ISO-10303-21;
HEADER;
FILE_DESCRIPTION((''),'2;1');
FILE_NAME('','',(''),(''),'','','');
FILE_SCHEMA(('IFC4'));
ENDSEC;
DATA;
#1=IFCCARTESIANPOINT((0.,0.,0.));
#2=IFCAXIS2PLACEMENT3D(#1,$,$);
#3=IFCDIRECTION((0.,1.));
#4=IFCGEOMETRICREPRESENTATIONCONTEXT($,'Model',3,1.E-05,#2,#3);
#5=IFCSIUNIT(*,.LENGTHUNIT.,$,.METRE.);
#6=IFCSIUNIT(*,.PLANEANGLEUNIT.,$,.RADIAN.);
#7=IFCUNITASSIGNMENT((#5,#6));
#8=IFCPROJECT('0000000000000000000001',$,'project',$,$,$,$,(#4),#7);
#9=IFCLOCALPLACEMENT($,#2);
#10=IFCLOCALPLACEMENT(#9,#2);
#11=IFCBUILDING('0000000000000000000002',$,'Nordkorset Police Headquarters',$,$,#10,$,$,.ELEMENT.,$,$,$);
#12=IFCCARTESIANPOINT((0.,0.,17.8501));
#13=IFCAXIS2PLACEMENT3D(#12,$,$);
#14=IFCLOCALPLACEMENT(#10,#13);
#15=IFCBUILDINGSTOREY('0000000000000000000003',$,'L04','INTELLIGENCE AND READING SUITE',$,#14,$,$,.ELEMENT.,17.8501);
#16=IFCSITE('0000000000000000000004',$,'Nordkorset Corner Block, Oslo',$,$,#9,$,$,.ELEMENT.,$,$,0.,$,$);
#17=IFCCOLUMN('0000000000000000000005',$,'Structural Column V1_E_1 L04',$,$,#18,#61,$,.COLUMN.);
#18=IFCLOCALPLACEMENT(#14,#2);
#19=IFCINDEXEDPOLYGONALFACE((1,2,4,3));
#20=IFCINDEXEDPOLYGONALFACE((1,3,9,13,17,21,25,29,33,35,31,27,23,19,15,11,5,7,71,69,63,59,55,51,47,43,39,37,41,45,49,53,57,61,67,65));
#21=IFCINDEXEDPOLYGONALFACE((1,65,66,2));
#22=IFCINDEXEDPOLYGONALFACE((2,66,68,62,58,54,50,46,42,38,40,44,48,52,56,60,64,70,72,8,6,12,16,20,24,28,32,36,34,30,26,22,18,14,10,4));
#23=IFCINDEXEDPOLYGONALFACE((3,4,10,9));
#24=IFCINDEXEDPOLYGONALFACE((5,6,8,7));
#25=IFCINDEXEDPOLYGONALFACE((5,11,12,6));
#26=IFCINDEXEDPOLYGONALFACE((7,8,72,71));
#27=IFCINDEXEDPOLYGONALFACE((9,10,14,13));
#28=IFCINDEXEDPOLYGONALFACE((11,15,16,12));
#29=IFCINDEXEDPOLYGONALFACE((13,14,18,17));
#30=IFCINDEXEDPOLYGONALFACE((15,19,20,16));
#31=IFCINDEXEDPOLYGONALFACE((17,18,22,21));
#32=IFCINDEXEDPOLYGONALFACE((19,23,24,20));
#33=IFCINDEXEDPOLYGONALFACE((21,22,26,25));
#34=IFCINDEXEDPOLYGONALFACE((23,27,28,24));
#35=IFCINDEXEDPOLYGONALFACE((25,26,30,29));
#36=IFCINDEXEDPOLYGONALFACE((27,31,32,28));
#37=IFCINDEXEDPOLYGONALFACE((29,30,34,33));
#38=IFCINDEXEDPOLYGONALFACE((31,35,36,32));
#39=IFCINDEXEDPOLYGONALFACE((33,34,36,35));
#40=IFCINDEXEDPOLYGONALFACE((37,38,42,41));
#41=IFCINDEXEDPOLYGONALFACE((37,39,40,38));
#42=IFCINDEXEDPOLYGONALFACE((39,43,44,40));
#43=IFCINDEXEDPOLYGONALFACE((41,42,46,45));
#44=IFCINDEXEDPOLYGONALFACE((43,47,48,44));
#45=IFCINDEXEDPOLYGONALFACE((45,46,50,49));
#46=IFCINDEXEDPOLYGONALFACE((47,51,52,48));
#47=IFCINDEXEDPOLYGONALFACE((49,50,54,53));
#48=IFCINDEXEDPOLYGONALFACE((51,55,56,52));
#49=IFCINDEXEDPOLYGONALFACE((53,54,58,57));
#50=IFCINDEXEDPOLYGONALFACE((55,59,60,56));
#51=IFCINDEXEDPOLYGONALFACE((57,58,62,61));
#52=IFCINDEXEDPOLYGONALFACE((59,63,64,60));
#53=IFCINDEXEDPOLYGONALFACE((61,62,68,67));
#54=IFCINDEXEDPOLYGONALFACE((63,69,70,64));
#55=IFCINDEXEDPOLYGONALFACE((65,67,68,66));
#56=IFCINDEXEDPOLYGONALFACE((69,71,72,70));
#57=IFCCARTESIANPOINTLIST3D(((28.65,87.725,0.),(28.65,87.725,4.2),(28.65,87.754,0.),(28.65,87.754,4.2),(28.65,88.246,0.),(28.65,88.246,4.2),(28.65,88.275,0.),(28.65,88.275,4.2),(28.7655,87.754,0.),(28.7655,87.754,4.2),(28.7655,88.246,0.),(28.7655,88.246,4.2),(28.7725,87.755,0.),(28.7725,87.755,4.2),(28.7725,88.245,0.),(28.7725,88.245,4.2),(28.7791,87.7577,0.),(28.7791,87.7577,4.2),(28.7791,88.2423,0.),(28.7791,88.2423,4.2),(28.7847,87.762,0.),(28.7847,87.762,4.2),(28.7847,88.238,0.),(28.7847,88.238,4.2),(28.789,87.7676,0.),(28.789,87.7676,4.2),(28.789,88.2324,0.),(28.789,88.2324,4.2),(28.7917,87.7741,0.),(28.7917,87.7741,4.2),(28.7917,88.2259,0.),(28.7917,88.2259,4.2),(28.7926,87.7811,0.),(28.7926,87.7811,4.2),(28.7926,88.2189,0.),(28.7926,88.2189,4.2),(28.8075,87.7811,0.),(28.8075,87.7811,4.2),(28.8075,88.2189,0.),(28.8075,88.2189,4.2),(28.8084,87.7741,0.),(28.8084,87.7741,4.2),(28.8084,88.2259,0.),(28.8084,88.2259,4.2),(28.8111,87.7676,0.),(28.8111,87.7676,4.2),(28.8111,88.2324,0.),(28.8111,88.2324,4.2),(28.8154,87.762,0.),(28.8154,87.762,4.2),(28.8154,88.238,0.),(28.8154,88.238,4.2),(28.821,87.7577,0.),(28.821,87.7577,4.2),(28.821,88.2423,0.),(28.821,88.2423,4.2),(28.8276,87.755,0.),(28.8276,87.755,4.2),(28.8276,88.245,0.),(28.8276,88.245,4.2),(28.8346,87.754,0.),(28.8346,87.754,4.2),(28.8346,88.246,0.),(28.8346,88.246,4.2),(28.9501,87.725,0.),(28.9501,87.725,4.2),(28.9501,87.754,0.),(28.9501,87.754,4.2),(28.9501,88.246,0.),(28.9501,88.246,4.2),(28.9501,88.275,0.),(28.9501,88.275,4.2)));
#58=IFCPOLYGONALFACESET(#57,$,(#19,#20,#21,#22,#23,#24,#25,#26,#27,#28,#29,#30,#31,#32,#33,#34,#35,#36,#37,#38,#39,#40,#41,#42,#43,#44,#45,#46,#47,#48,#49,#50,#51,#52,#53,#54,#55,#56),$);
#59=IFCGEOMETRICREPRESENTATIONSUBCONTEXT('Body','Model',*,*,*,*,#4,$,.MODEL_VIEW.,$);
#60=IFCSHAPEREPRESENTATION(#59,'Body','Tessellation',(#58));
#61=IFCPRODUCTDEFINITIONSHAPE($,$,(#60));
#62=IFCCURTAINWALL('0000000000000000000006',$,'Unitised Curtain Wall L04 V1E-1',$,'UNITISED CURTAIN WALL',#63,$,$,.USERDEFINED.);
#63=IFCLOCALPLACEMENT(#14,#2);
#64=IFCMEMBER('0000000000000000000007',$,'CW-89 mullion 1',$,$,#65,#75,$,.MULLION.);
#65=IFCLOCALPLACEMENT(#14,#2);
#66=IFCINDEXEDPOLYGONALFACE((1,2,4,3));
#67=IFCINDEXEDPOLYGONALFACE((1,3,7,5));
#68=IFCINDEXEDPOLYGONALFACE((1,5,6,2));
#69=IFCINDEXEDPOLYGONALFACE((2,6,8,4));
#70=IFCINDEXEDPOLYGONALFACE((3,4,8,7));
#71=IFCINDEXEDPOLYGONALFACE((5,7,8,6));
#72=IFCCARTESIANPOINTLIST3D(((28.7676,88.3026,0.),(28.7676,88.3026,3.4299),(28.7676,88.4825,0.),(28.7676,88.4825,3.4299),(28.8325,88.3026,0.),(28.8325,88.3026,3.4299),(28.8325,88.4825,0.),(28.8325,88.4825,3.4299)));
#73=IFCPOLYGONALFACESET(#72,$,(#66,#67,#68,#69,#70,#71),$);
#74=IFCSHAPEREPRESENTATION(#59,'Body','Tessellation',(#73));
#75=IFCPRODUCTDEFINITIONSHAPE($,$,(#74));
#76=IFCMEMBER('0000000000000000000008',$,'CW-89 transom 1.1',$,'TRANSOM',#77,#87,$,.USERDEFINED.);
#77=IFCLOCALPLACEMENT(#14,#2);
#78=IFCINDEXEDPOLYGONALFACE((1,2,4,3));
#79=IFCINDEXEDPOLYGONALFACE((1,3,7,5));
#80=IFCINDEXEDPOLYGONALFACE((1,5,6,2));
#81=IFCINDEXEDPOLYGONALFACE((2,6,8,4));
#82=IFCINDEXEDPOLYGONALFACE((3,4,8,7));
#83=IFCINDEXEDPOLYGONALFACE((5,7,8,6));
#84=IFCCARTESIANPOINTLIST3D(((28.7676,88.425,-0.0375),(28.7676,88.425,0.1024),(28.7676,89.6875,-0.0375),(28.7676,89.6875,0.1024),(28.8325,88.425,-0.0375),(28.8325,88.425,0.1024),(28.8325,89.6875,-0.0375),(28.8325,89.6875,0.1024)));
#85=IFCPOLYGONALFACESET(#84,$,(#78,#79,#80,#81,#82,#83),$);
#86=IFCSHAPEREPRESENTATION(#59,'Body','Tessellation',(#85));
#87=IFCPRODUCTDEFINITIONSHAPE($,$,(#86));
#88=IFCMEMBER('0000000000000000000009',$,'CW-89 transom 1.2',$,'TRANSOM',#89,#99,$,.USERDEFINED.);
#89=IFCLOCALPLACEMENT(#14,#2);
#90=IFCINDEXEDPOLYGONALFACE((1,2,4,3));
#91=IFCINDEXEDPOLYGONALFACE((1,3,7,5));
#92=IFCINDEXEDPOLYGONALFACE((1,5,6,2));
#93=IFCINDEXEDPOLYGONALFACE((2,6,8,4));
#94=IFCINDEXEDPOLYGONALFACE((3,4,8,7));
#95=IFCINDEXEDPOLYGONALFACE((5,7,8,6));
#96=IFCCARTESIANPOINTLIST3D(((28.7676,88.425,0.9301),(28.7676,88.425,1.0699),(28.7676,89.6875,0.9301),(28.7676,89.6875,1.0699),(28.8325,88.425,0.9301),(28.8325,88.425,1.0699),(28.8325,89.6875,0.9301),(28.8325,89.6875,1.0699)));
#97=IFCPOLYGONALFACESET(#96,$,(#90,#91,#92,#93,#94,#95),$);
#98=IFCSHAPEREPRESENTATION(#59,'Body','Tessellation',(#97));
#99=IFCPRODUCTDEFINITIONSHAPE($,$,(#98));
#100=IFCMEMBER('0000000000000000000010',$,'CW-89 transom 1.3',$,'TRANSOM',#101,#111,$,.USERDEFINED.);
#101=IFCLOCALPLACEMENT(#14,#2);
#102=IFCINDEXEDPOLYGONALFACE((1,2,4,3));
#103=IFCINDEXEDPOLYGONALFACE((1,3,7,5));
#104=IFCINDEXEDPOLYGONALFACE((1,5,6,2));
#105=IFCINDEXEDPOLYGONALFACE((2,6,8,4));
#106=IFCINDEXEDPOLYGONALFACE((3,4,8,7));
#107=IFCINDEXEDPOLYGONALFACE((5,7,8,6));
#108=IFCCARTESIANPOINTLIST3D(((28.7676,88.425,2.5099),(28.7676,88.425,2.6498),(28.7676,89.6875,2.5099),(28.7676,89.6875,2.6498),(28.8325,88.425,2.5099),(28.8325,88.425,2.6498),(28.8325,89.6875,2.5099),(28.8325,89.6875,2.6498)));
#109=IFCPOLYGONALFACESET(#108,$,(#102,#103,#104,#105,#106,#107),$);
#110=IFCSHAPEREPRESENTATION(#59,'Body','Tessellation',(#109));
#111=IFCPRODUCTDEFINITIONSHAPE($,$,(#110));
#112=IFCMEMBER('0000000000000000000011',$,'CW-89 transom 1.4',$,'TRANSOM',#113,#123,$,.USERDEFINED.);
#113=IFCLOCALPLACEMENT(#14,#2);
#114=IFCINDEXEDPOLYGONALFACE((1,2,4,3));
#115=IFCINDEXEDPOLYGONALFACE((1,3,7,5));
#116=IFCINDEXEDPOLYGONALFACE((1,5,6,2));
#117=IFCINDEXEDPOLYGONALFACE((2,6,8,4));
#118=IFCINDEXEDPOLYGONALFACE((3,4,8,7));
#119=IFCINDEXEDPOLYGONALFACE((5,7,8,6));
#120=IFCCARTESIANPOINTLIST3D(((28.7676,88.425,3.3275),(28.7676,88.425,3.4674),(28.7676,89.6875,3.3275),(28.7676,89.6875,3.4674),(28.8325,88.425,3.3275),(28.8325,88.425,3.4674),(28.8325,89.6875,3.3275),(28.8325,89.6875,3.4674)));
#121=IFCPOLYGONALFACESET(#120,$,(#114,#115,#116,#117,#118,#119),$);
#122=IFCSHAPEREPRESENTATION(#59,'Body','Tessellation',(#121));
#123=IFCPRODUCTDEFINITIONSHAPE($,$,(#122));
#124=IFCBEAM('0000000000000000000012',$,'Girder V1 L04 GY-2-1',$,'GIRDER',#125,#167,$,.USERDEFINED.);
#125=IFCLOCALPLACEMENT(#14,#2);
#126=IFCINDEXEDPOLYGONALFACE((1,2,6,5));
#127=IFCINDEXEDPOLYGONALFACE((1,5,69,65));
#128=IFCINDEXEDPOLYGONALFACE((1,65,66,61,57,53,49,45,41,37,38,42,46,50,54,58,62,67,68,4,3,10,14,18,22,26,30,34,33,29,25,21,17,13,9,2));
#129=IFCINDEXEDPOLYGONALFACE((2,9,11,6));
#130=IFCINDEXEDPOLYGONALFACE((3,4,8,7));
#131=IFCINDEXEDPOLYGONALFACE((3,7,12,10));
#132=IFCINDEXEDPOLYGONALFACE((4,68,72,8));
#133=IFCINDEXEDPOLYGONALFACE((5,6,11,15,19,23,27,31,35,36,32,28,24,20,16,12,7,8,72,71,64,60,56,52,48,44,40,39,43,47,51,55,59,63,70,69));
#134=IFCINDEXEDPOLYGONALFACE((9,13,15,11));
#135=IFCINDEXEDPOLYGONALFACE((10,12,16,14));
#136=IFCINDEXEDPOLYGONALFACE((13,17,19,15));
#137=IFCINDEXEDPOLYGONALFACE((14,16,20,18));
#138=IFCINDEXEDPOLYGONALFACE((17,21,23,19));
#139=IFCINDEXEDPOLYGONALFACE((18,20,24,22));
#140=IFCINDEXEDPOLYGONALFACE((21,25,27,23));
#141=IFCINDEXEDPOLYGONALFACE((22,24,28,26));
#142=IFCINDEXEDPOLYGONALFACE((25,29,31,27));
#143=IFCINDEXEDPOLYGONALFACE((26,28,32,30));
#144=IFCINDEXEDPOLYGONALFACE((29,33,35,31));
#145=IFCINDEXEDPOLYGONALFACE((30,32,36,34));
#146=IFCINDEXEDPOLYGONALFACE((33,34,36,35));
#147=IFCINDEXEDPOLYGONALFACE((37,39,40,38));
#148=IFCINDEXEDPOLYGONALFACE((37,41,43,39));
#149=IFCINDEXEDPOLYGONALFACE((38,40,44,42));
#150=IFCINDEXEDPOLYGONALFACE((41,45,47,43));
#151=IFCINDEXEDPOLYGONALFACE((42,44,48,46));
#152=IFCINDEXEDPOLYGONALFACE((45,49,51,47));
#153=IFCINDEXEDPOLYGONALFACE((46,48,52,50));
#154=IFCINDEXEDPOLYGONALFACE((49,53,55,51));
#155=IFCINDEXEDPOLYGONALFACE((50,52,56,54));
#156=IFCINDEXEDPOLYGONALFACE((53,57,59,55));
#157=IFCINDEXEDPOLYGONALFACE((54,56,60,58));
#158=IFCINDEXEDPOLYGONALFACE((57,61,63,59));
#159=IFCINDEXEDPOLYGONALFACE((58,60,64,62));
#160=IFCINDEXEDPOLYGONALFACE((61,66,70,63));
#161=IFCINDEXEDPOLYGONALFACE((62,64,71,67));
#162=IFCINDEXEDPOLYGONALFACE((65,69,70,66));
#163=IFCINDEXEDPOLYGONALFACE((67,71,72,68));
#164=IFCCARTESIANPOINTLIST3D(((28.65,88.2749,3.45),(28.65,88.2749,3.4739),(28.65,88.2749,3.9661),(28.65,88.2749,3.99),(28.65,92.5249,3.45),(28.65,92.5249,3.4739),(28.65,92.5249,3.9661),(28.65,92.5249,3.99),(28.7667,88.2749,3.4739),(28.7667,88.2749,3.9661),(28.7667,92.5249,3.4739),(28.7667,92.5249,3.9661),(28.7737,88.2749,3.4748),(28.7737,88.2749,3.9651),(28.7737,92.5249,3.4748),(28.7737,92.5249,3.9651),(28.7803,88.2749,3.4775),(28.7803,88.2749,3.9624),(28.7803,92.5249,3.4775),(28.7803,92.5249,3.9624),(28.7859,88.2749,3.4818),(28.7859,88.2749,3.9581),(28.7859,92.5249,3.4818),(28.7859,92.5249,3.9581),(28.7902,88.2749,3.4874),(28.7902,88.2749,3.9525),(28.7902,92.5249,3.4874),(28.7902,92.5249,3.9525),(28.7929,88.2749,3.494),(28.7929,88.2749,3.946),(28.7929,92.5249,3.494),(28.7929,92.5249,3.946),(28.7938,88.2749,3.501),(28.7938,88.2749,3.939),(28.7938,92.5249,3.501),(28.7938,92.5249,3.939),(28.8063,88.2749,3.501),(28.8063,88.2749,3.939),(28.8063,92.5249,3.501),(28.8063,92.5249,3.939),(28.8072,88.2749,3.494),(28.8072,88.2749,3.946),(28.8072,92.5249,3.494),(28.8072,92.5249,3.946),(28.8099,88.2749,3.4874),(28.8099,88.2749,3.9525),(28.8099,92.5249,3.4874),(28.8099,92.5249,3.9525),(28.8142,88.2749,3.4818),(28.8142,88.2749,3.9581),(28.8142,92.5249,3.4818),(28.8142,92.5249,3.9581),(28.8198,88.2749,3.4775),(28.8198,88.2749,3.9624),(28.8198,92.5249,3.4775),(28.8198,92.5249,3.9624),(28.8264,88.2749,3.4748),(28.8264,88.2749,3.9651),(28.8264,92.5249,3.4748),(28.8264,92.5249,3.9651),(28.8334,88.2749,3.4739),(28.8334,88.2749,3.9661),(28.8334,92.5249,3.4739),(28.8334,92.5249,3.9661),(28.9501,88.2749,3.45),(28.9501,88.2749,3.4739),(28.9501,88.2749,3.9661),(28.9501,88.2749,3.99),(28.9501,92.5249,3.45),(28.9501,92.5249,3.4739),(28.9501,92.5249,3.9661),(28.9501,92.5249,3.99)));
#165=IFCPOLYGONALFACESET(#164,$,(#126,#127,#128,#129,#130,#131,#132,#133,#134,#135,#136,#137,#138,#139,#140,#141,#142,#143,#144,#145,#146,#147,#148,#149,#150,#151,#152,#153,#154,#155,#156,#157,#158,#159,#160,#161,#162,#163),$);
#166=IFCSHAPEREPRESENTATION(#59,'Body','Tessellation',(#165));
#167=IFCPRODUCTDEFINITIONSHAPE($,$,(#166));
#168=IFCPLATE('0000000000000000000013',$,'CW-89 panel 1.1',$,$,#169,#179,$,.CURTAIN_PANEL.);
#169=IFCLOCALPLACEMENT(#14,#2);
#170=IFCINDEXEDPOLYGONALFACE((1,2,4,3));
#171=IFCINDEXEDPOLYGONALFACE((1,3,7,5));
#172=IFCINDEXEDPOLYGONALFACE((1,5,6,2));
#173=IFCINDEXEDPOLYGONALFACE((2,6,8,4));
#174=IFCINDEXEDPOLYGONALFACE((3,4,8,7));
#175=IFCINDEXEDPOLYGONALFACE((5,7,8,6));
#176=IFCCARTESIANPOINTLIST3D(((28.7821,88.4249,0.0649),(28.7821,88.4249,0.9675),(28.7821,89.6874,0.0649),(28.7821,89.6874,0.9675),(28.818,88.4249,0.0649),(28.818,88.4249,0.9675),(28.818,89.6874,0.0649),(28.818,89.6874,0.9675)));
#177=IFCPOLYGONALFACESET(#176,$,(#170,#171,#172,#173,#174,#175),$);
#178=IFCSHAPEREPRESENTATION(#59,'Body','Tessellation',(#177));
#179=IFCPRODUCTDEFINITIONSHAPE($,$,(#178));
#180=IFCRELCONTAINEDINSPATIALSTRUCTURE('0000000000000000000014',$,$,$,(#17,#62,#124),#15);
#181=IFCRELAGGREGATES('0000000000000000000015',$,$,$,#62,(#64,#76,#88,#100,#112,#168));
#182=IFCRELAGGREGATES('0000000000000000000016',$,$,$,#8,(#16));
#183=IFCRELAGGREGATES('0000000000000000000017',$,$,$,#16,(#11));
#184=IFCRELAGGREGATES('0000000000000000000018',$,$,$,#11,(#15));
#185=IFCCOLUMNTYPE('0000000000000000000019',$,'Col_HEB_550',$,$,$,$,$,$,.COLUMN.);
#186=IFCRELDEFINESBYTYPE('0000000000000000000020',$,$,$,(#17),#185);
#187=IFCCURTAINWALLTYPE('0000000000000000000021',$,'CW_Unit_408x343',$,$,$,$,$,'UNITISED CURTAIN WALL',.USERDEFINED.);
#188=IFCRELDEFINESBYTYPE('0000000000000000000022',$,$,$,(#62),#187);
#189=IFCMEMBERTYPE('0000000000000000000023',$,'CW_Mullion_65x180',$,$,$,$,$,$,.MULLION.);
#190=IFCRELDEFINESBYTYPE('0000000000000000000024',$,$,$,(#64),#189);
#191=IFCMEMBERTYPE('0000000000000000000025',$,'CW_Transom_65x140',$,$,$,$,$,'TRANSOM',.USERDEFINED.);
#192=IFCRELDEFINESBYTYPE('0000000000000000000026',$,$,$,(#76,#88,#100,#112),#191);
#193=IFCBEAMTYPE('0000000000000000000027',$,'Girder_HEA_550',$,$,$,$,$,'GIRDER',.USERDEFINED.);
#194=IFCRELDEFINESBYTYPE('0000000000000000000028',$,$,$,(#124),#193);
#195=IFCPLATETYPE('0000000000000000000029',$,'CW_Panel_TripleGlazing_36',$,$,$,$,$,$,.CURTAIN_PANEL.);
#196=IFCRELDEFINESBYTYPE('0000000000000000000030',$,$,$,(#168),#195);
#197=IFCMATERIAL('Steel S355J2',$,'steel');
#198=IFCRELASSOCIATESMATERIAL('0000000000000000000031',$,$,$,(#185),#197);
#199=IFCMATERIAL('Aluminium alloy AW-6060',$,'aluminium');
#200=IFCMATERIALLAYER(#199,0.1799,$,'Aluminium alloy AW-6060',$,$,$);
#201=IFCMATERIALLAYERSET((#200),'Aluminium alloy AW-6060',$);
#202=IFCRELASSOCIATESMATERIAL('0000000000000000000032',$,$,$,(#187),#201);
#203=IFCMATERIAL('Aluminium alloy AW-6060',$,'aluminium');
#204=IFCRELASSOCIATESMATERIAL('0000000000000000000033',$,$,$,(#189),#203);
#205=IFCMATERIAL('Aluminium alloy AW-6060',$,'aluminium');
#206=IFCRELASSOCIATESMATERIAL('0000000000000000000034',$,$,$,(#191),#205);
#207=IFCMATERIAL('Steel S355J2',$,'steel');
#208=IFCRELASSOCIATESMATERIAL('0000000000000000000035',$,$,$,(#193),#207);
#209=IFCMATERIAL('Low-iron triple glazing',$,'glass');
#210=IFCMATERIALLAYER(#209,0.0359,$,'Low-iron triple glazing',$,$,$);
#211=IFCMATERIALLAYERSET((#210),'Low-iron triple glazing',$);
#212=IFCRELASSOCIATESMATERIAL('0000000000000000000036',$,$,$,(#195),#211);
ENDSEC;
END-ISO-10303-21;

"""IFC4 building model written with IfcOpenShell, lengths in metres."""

from ifc_helpers import new_model, si_unit, direction, frame, origin, origin_2d, place, context, subcontext, project, spatial, rectangle, i_section, extrude, material, layer, layer_set, material_profile, profile_set, type_object, element, aggregate, save


model = new_model("IFC4")

# Units and contexts
model_context = context("Model", 3, precision=1e-05, world=origin(), true_north=direction((0.0, 1.0)))
body_context = subcontext(model_context, "Body", "Model", "MODEL_VIEW")
ifc_project = project(units=[si_unit("LENGTHUNIT", "METRE"), si_unit("PLANEANGLEUNIT", "RADIAN")], contexts=[model_context])

# Site, building, storey
site_placement = place(None, origin())
site = spatial("IfcSite", under=ifc_project, at=site_placement, Name="Nordkorset Corner Block, Oslo", CompositionType="ELEMENT", RefElevation=0.0)
building_placement = place(site_placement, origin())
building = spatial("IfcBuilding", under=site, at=building_placement, Name="Nordkorset Police Headquarters", CompositionType="ELEMENT")
storey_placement = place(building_placement, frame((0.0, 0.0, 17.8501)))
storey = spatial("IfcBuildingStorey", under=building, at=storey_placement, Name="L04", Description="INTELLIGENCE AND READING SUITE", CompositionType="ELEMENT", Elevation=17.8501)

# Column
ifc_material_1 = material(Name="Steel S355J2", Category="steel")
ifc_material_profile_1 = material_profile(ifc_material_1, i_section(OverallWidth=0.3, OverallDepth=0.55, WebThickness=0.0149, FlangeThickness=0.0291, FilletRadius=0.0271, at=origin_2d()), Name="HEB 550")
ifc_profile_set_1 = profile_set([ifc_material_profile_1], Name="Steel S355J2")
column_type = type_object("IfcColumnType", Name="Col_HEB_550", PredefinedType="COLUMN", material=ifc_profile_set_1)
column_placement = place(storey_placement, frame((28.8, 88.0, 0.0), z_axis=(0.0, 0.0, 1.0), x_axis=(1.0, 0.0, 0.0)))
element("IfcColumn", 1, at=column_placement, inside=storey, type_object=column_type, Name="Structural Column V1_E_1 L04", PredefinedType="COLUMN", context=body_context, shape_type="SweptSolid", body=[
    extrude(i_section(OverallWidth=0.3, OverallDepth=0.55, WebThickness=0.0149, FlangeThickness=0.0291, FilletRadius=0.0271, at=origin_2d()), origin(), (0.0, 0.0, 1.0), 4.2),
])

# Curtain wall, members
ifc_material_2 = material(Name="Aluminium alloy AW-6060", Category="aluminium")
ifc_layer_1 = layer(ifc_material_2, 0.1799, Name="Aluminium alloy AW-6060")
ifc_layer_set_1 = layer_set([ifc_layer_1], Name="Aluminium alloy AW-6060")
curtain_wall_type = type_object("IfcCurtainWallType", Name="CW_Unit_408x343", ElementType="UNITISED CURTAIN WALL", PredefinedType="USERDEFINED", material=ifc_layer_set_1)
curtain_wall_placement = place(storey_placement, origin())
curtain_wall = element("IfcCurtainWall", 2, at=curtain_wall_placement, inside=storey, type_object=curtain_wall_type, Name="Unitised Curtain Wall L04 V1E-1", ObjectType="UNITISED CURTAIN WALL", PredefinedType="USERDEFINED")
ifc_material_3 = material(Name="Aluminium alloy AW-6060", Category="aluminium")
ifc_material_profile_2 = material_profile(ifc_material_3, rectangle(XDim=0.0649, YDim=0.1799, at=origin_2d()), Name="ALU MULL 65x180")
ifc_profile_set_2 = profile_set([ifc_material_profile_2], Name="Aluminium alloy AW-6060")
member_type_1 = type_object("IfcMemberType", Name="CW_Mullion_65x180", PredefinedType="MULLION", material=ifc_profile_set_2)
member_1_placement = place(storey_placement, frame((28.8, 88.3926, 0.0), z_axis=(0.0, 0.0, 1.0), x_axis=(-1.0, 0.0, 0.0)))
member_1 = element("IfcMember", 3, at=member_1_placement, type_object=member_type_1, Name="CW-89 mullion 1", PredefinedType="MULLION", context=body_context, shape_type="SweptSolid", body=[
    extrude(rectangle(XDim=0.0649, YDim=0.1799, at=origin_2d()), origin(), (0.0, 0.0, 1.0), 3.4299),
])
ifc_material_4 = material(Name="Aluminium alloy AW-6060", Category="aluminium")
ifc_material_profile_3 = material_profile(ifc_material_4, rectangle(XDim=0.0649, YDim=0.1399, at=origin_2d()), Name="ALU TRAN 65x140")
ifc_profile_set_3 = profile_set([ifc_material_profile_3], Name="Aluminium alloy AW-6060")
member_type_2 = type_object("IfcMemberType", Name="CW_Transom_65x140", ElementType="TRANSOM", PredefinedType="USERDEFINED", material=ifc_profile_set_3)
member_2_placement = place(storey_placement, frame((28.8, 88.425, 0.0325), z_axis=(0.0, 1.0, 0.0), x_axis=(-1.0, 0.0, 0.0)))
member_2 = element("IfcMember", 4, at=member_2_placement, type_object=member_type_2, Name="CW-89 transom 1.1", ObjectType="TRANSOM", PredefinedType="USERDEFINED", context=body_context, shape_type="SweptSolid", body=[
    extrude(rectangle(XDim=0.0649, YDim=0.1399, at=origin_2d()), origin(), (0.0, 0.0, 1.0), 1.2625),
])
member_3_placement = place(storey_placement, frame((28.8, 88.425, 1.0), z_axis=(0.0, 1.0, 0.0), x_axis=(-1.0, 0.0, 0.0)))
member_3 = element("IfcMember", 5, at=member_3_placement, type_object=member_type_2, Name="CW-89 transom 1.2", ObjectType="TRANSOM", PredefinedType="USERDEFINED", context=body_context, shape_type="SweptSolid", body=[
    extrude(rectangle(XDim=0.0649, YDim=0.1399, at=origin_2d()), origin(), (0.0, 0.0, 1.0), 1.2625),
])
member_4_placement = place(storey_placement, frame((28.8, 88.425, 2.5798), z_axis=(0.0, 1.0, 0.0), x_axis=(-1.0, 0.0, 0.0)))
member_4 = element("IfcMember", 6, at=member_4_placement, type_object=member_type_2, Name="CW-89 transom 1.3", ObjectType="TRANSOM", PredefinedType="USERDEFINED", context=body_context, shape_type="SweptSolid", body=[
    extrude(rectangle(XDim=0.0649, YDim=0.1399, at=origin_2d()), origin(), (0.0, 0.0, 1.0), 1.2625),
])
member_5_placement = place(storey_placement, frame((28.8, 88.425, 3.3975), z_axis=(0.0, 1.0, 0.0), x_axis=(-1.0, 0.0, 0.0)))
member_5 = element("IfcMember", 7, at=member_5_placement, type_object=member_type_2, Name="CW-89 transom 1.4", ObjectType="TRANSOM", PredefinedType="USERDEFINED", context=body_context, shape_type="SweptSolid", body=[
    extrude(rectangle(XDim=0.0649, YDim=0.1399, at=origin_2d()), origin(), (0.0, 0.0, 1.0), 1.2625),
])

# Beam
ifc_material_5 = material(Name="Steel S355J2", Category="steel")
ifc_material_profile_4 = material_profile(ifc_material_5, i_section(OverallWidth=0.3, OverallDepth=0.54, WebThickness=0.0125, FlangeThickness=0.0239, FilletRadius=0.0271, at=origin_2d()), Name="HEA 550")
ifc_profile_set_4 = profile_set([ifc_material_profile_4], Name="Steel S355J2")
beam_type = type_object("IfcBeamType", Name="Girder_HEA_550", ElementType="GIRDER", PredefinedType="USERDEFINED", material=ifc_profile_set_4)
beam_placement = place(storey_placement, frame((28.8, 88.2749, 3.72), z_axis=(0.0, 1.0, 0.0), x_axis=(-1.0, 0.0, 0.0)))
element("IfcBeam", 8, at=beam_placement, inside=storey, type_object=beam_type, Name="Girder V1 L04 GY-2-1", ObjectType="GIRDER", PredefinedType="USERDEFINED", context=body_context, shape_type="SweptSolid", body=[
    extrude(i_section(OverallWidth=0.3, OverallDepth=0.54, WebThickness=0.0125, FlangeThickness=0.0239, FilletRadius=0.0271, at=origin_2d()), origin(), (0.0, 0.0, 1.0), 4.25),
])

# Plate
ifc_material_6 = material(Name="Low-iron triple glazing", Category="glass")
ifc_layer_2 = layer(ifc_material_6, 0.0359, Name="Low-iron triple glazing")
ifc_layer_set_2 = layer_set([ifc_layer_2], Name="Low-iron triple glazing")
plate_type = type_object("IfcPlateType", Name="CW_Panel_TripleGlazing_36", PredefinedType="CURTAIN_PANEL", material=ifc_layer_set_2)
plate_placement = place(storey_placement, frame((28.8, 89.0562, 0.0649), z_axis=(0.0, 0.0, 1.0), x_axis=(0.0, 1.0, 0.0)))
plate = element("IfcPlate", 9, at=plate_placement, type_object=plate_type, Name="CW-89 panel 1.1", PredefinedType="CURTAIN_PANEL", context=body_context, shape_type="SweptSolid", body=[
    extrude(rectangle(XDim=1.2625, YDim=0.0359, at=origin_2d()), origin(), (0.0, 0.0, 1.0), 0.9026),
])
aggregate(curtain_wall, [member_1, member_2, member_3, member_4, member_5, plate])

save(model, "model.ifc")
